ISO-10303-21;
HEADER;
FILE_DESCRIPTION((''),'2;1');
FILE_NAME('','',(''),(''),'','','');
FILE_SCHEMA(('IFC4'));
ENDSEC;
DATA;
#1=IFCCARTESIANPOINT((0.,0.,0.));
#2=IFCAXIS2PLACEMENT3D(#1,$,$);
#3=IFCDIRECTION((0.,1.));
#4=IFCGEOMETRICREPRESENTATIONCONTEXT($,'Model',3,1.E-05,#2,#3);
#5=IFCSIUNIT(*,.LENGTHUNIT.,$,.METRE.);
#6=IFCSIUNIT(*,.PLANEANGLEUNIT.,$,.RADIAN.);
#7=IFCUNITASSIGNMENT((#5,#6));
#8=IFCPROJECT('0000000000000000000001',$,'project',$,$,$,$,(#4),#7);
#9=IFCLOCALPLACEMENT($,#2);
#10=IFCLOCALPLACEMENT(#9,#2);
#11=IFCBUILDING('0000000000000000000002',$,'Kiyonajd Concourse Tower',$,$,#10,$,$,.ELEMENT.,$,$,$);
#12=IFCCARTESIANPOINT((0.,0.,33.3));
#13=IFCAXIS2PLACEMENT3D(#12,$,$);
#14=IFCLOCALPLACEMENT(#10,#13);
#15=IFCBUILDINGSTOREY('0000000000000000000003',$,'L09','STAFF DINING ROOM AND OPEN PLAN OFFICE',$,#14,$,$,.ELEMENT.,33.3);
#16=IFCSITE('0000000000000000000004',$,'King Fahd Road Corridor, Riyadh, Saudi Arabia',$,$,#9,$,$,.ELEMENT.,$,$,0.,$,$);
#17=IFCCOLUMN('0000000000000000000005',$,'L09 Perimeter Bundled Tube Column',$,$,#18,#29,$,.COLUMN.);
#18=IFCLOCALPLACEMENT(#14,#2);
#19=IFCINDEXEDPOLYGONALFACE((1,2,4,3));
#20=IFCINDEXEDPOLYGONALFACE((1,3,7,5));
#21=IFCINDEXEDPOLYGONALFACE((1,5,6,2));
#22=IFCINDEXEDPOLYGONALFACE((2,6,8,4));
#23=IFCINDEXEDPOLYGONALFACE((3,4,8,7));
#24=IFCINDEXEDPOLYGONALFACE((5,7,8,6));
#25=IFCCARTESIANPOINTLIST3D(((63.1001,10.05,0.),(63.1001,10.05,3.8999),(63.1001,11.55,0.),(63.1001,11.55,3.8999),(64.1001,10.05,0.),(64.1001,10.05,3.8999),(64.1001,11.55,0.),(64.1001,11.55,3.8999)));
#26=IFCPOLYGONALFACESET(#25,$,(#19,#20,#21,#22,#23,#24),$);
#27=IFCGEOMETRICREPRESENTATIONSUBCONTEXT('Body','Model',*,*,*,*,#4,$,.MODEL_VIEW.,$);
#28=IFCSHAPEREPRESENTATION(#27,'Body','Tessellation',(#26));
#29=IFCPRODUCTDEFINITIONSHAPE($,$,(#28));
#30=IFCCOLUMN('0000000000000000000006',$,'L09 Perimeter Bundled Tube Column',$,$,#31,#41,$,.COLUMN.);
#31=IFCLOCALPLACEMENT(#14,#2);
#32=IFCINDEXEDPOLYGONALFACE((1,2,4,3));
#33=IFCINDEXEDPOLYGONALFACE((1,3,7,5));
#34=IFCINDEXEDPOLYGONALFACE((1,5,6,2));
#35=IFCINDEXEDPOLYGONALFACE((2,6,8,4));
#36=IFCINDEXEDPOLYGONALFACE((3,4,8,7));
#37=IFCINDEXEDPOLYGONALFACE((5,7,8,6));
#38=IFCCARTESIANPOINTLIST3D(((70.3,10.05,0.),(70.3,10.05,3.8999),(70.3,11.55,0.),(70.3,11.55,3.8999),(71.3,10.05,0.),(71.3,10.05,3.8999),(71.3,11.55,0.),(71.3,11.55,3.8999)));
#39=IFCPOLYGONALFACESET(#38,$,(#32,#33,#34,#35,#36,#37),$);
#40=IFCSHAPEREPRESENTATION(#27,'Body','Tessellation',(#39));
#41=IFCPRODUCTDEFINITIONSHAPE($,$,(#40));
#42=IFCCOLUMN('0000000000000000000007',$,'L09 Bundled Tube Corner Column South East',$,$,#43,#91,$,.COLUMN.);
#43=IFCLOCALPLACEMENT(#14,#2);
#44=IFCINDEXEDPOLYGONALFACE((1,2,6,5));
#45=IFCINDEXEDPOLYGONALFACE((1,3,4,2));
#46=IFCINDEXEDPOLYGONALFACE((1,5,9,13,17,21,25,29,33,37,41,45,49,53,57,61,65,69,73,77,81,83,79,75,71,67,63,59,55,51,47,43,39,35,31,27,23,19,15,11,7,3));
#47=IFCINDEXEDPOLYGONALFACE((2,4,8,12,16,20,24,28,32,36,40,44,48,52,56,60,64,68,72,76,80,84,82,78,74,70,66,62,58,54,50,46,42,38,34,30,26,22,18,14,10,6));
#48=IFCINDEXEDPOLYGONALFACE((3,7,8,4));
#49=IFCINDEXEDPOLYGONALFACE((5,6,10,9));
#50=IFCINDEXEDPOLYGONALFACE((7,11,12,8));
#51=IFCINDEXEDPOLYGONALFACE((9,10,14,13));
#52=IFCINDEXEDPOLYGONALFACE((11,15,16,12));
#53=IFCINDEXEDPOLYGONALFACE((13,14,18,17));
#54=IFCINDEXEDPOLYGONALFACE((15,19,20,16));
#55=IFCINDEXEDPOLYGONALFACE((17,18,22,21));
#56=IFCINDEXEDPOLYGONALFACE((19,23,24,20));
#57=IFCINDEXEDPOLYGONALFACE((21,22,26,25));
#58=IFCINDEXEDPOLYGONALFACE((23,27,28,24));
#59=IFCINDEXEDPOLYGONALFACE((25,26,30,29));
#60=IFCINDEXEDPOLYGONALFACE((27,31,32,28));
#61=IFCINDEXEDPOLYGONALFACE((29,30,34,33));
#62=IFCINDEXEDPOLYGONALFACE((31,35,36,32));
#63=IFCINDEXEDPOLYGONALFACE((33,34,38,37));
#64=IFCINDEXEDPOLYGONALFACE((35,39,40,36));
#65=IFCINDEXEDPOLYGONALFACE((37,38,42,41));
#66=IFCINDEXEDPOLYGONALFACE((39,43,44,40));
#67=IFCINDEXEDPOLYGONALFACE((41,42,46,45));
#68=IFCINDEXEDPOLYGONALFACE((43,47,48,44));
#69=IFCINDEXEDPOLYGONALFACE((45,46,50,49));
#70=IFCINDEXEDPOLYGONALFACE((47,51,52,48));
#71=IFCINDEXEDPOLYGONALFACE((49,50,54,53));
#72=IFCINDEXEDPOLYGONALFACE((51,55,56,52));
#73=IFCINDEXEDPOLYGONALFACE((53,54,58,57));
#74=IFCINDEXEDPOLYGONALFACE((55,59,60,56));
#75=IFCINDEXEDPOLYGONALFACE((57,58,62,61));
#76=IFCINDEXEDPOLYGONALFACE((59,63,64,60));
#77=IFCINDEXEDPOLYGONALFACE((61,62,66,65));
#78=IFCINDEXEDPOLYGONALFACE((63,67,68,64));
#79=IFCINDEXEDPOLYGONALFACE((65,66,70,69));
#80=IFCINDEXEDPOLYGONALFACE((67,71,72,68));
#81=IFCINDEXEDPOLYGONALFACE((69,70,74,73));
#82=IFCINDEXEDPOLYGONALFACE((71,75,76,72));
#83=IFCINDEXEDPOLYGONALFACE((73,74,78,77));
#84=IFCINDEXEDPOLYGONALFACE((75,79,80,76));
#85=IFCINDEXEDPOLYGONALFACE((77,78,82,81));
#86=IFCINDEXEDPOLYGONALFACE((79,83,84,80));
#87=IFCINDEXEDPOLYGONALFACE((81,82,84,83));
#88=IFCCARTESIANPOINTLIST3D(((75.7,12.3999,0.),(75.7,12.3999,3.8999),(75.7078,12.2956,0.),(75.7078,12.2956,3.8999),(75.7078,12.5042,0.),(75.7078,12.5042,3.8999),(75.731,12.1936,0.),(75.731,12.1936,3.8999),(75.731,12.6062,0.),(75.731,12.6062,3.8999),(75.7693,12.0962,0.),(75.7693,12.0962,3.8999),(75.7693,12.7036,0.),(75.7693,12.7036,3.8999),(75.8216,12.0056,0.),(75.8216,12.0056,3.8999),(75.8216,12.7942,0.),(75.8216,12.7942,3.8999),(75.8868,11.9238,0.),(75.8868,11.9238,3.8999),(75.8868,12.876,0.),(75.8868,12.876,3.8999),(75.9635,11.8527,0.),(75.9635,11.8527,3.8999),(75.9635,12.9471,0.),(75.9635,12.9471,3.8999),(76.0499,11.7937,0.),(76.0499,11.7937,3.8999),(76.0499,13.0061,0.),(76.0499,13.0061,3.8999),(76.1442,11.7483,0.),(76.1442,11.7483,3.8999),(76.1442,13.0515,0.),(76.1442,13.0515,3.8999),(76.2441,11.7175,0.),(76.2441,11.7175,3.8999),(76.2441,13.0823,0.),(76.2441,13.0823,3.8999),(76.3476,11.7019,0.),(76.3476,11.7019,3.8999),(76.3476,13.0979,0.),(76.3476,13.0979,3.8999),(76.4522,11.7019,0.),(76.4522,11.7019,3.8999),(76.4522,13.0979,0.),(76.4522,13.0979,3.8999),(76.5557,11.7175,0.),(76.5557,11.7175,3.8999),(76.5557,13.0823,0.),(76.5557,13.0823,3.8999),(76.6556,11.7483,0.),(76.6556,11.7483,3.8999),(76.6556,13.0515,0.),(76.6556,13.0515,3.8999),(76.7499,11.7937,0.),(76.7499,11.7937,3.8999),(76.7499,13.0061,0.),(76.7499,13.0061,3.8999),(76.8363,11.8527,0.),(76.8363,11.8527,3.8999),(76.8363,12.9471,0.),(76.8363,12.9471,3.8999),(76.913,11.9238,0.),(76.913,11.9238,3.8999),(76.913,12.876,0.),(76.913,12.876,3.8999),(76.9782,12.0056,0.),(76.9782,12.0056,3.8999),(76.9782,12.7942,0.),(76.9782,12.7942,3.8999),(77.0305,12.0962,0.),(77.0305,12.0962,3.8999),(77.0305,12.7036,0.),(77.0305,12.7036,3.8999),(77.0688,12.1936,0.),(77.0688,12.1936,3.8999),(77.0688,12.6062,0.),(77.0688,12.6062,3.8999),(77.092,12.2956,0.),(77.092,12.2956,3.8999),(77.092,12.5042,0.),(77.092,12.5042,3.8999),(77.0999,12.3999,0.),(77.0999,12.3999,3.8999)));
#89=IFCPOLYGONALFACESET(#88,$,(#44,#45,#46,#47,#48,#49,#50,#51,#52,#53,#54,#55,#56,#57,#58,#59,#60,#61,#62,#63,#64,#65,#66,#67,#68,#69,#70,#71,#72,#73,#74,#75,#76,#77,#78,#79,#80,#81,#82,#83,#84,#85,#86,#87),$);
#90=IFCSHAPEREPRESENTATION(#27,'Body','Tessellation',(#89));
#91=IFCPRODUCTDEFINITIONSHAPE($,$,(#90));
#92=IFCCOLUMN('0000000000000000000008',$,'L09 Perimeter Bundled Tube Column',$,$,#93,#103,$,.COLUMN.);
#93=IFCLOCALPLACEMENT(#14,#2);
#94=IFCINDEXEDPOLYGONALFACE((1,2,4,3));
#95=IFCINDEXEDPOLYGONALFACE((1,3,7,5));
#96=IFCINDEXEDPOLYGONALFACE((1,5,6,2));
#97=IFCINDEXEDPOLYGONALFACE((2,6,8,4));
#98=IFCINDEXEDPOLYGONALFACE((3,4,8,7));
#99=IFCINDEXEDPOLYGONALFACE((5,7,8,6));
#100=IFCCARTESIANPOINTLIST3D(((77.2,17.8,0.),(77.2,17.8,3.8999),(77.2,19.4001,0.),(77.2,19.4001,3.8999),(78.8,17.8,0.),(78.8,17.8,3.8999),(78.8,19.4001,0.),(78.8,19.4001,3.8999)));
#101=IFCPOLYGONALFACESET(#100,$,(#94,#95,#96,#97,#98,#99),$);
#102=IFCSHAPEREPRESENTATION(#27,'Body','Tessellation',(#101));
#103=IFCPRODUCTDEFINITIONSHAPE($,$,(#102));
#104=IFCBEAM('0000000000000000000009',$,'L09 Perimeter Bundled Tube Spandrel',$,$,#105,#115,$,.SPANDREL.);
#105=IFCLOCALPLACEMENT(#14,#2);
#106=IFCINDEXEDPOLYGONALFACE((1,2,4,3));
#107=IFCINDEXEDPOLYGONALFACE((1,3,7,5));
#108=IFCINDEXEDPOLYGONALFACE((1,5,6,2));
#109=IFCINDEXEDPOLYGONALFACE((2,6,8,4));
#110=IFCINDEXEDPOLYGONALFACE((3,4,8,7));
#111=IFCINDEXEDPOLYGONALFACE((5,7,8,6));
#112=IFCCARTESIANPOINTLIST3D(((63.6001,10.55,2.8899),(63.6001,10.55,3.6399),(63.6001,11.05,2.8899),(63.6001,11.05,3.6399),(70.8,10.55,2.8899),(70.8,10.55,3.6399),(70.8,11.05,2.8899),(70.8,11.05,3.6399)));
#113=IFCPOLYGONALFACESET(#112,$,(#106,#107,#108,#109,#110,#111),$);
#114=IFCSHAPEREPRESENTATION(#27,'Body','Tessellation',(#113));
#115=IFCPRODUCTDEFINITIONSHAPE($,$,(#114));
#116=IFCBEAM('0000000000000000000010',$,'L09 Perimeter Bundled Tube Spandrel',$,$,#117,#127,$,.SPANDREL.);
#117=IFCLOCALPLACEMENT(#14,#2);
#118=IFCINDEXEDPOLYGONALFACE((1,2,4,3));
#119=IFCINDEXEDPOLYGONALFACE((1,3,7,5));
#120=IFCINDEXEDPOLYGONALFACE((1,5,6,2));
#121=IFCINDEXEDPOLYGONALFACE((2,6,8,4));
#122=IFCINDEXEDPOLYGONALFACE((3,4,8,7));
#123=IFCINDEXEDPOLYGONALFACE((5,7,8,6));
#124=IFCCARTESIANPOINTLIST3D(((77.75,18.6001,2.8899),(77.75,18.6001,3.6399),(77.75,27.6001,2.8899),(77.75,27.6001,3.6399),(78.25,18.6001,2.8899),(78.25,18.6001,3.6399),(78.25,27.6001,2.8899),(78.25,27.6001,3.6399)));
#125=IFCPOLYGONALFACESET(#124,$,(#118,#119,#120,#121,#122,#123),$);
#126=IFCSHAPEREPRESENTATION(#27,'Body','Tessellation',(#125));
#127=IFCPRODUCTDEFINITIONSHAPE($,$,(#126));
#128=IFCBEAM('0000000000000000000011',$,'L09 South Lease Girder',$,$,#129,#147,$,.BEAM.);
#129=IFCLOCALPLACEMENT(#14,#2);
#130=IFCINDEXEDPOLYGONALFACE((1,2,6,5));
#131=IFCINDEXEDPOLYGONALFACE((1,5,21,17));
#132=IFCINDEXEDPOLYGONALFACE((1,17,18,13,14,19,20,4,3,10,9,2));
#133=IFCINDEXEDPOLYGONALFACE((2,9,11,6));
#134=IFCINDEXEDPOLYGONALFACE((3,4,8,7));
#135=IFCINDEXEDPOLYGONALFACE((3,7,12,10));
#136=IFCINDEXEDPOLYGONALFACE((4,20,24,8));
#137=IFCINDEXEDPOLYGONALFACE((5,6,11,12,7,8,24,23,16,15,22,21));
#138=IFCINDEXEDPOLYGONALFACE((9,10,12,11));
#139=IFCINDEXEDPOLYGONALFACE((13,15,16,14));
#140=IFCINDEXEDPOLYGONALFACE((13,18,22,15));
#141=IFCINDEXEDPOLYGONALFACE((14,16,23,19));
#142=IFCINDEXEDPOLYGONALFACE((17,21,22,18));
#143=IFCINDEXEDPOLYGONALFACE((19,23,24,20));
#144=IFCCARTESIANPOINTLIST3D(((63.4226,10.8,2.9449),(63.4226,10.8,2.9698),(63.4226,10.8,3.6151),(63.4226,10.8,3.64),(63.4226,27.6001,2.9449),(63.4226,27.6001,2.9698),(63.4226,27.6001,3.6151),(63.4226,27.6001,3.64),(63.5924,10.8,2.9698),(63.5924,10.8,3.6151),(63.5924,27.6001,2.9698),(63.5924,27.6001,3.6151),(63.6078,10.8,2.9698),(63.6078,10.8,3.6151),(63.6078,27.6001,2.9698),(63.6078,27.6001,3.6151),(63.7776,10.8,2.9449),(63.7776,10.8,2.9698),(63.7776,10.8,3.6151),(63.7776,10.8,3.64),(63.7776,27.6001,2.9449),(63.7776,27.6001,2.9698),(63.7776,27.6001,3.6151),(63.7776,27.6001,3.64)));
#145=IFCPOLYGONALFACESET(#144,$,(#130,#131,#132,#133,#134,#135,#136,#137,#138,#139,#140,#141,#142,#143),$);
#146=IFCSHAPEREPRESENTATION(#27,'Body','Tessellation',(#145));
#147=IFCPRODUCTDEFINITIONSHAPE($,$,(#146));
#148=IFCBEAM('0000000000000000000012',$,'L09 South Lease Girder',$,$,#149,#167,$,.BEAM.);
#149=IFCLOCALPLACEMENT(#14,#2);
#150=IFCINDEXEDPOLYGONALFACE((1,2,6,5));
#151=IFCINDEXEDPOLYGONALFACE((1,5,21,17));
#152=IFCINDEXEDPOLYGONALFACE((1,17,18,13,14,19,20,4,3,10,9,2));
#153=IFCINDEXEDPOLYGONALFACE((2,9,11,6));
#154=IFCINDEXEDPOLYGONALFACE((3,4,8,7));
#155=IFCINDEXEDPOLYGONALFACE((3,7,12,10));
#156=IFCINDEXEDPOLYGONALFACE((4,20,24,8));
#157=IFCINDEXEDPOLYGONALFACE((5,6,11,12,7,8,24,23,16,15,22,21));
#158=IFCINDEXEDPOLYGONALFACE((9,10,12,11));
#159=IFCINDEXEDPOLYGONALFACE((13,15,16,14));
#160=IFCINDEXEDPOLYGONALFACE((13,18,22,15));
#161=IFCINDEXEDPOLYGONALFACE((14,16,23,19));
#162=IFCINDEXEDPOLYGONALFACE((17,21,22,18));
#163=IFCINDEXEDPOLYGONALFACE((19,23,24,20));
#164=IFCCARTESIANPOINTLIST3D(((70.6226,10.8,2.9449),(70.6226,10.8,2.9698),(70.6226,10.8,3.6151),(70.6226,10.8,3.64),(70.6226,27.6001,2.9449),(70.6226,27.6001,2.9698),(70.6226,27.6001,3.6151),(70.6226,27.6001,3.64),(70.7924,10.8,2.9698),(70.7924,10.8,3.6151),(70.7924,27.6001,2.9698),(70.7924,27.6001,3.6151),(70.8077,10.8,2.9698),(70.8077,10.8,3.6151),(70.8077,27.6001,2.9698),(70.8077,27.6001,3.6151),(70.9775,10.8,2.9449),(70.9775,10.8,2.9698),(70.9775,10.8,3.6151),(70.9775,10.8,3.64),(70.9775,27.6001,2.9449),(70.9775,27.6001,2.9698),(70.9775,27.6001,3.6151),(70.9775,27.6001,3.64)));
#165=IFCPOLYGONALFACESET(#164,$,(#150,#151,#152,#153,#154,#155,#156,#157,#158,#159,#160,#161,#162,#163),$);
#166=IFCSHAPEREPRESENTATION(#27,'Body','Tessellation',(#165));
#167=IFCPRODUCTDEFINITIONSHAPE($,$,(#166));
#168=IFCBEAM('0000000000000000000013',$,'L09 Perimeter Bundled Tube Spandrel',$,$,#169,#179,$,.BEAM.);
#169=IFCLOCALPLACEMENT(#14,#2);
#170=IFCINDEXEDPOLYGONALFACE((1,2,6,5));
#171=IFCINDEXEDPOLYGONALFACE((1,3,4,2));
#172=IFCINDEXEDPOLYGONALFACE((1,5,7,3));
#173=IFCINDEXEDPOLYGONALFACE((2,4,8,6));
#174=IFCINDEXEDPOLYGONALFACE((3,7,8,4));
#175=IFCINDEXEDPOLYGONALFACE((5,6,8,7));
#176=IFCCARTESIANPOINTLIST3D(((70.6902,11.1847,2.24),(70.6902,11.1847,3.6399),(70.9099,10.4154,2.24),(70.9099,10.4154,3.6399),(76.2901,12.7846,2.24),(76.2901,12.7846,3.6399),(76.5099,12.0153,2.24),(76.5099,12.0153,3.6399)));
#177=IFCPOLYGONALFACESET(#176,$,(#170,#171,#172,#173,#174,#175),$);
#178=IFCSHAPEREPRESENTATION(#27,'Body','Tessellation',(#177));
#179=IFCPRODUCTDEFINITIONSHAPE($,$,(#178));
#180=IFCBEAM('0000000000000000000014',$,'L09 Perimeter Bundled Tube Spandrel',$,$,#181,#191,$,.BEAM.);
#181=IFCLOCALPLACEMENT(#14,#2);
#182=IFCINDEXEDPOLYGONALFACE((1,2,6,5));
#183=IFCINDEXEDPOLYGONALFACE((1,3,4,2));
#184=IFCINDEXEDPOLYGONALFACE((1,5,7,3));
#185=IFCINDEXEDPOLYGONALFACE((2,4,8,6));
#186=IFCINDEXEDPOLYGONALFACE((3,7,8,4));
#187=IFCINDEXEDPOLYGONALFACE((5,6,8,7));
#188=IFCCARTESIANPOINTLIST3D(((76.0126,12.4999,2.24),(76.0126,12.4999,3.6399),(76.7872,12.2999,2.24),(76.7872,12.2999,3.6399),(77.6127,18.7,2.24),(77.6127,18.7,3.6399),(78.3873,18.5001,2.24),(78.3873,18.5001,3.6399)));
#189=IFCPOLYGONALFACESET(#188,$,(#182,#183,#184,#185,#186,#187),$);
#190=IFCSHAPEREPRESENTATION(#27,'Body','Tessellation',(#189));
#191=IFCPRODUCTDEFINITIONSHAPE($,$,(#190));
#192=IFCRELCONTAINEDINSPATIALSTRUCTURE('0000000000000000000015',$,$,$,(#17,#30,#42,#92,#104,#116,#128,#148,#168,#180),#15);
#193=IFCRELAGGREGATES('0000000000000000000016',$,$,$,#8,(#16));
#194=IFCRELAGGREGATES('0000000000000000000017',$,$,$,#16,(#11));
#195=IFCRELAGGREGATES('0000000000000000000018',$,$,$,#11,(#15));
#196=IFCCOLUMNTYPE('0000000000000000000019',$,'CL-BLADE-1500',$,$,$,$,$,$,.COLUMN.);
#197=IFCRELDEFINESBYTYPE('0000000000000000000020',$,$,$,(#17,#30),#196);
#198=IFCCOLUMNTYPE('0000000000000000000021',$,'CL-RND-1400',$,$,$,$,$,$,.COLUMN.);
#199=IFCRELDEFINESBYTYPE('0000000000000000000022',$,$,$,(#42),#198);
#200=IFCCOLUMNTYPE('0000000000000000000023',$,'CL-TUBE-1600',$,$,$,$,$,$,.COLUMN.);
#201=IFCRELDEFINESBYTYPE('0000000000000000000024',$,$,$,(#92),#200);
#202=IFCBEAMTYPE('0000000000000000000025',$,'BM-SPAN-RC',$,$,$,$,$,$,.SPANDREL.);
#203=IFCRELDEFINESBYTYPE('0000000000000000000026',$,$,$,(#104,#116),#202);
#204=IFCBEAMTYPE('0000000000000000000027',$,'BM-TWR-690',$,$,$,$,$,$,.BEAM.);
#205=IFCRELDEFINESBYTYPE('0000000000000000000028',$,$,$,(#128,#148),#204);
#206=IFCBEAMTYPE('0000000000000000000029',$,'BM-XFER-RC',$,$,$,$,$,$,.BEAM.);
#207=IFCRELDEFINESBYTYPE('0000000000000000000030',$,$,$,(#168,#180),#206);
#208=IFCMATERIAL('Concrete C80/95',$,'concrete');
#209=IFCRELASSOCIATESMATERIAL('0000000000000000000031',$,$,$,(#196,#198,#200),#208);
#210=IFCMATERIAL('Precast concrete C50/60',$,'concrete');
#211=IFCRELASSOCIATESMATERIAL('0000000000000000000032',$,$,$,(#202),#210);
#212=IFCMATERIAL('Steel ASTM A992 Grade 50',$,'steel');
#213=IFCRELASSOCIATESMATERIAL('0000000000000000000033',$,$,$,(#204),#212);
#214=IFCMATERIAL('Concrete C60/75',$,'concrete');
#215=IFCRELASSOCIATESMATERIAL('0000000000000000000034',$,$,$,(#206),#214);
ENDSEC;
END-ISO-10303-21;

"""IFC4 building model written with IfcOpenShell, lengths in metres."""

from ifc_helpers import new_model, si_unit, direction, frame, origin, origin_2d, place, context, subcontext, project, spatial, rectangle, circle, i_section, extrude, material, material_profile, profile_set, type_object, element, save


model = new_model("IFC4")

# Units and contexts
model_context = context("Model", 3, precision=1e-05, world=origin(), true_north=direction((0.0, 1.0)))
body_context = subcontext(model_context, "Body", "Model", "MODEL_VIEW")
ifc_project = project(units=[si_unit("LENGTHUNIT", "METRE"), si_unit("PLANEANGLEUNIT", "RADIAN")], contexts=[model_context])

# Site, building, storey
site_placement = place(None, origin())
site = spatial("IfcSite", under=ifc_project, at=site_placement, Name="King Fahd Road Corridor, Riyadh, Saudi Arabia", CompositionType="ELEMENT", RefElevation=0.0)
building_placement = place(site_placement, origin())
building = spatial("IfcBuilding", under=site, at=building_placement, Name="Kiyonajd Concourse Tower", CompositionType="ELEMENT")
storey_placement = place(building_placement, frame((0.0, 0.0, 33.3)))
storey = spatial("IfcBuildingStorey", under=building, at=storey_placement, Name="L09", Description="STAFF DINING ROOM AND OPEN PLAN OFFICE", CompositionType="ELEMENT", Elevation=33.3)

# Columns
ifc_material_1 = material(Name="Concrete C80/95", Category="concrete")
ifc_material_profile_1 = material_profile(ifc_material_1, rectangle(XDim=1.0, YDim=1.5, at=origin_2d()), Name="RC-1500x1000")
ifc_profile_set_1 = profile_set([ifc_material_profile_1], Name="Concrete C80/95")
column_type_1 = type_object("IfcColumnType", Name="CL-BLADE-1500", PredefinedType="COLUMN", material=ifc_profile_set_1)
for number, where, z_axis, x_axis, name in (
    (1, (63.6001, 10.8, 0.0), (0.0, 0.0, 1.0), (1.0, 0.0, 0.0), "L09 Perimeter Bundled Tube Column"),
    (2, (70.8, 10.8, 0.0), (0.0, 0.0, 1.0), (1.0, 0.0, 0.0), "L09 Perimeter Bundled Tube Column"),
):
    element("IfcColumn", number, at=place(storey_placement, frame(where, z_axis=z_axis, x_axis=x_axis)), inside=storey, type_object=column_type_1, Name=name, PredefinedType="COLUMN", context=body_context, shape_type="SweptSolid", body=[
        extrude(rectangle(XDim=1.0, YDim=1.5, at=origin_2d()), origin(), (0.0, 0.0, 1.0), 3.8999),
    ])
ifc_material_profile_2 = material_profile(ifc_material_1, circle(Radius=0.7, at=origin_2d()), Name="RCC-D1400")
ifc_profile_set_2 = profile_set([ifc_material_profile_2], Name="Concrete C80/95")
column_type_2 = type_object("IfcColumnType", Name="CL-RND-1400", PredefinedType="COLUMN", material=ifc_profile_set_2)
column_1_placement = place(storey_placement, frame((76.3999, 12.3999, 0.0), z_axis=(0.0, 0.0, 1.0), x_axis=(1.0, 0.0, 0.0)))
element("IfcColumn", 3, at=column_1_placement, inside=storey, type_object=column_type_2, Name="L09 Bundled Tube Corner Column South East", PredefinedType="COLUMN", context=body_context, shape_type="SweptSolid", body=[
    extrude(circle(Radius=0.7, at=origin_2d()), origin(), (0.0, 0.0, 1.0), 3.8999),
])
ifc_material_profile_3 = material_profile(ifc_material_1, rectangle(XDim=1.6001, YDim=1.6001, at=origin_2d()), Name="RC-1600x1600")
ifc_profile_set_3 = profile_set([ifc_material_profile_3], Name="Concrete C80/95")
column_type_3 = type_object("IfcColumnType", Name="CL-TUBE-1600", PredefinedType="COLUMN", material=ifc_profile_set_3)
column_2_placement = place(storey_placement, frame((78.0, 18.6001, 0.0), z_axis=(0.0, 0.0, 1.0), x_axis=(1.0, 0.0, 0.0)))
element("IfcColumn", 4, at=column_2_placement, inside=storey, type_object=column_type_3, Name="L09 Perimeter Bundled Tube Column", PredefinedType="COLUMN", context=body_context, shape_type="SweptSolid", body=[
    extrude(rectangle(XDim=1.6001, YDim=1.6001, at=origin_2d()), origin(), (0.0, 0.0, 1.0), 3.8999),
])

# Beams
ifc_material_2 = material(Name="Precast concrete C50/60", Category="concrete")
ifc_material_profile_4 = material_profile(ifc_material_2, rectangle(XDim=0.5, YDim=0.75, at=origin_2d()), Name="RCBM-500x750")
ifc_profile_set_4 = profile_set([ifc_material_profile_4], Name="Precast concrete C50/60")
beam_type_1 = type_object("IfcBeamType", Name="BM-SPAN-RC", PredefinedType="SPANDREL", material=ifc_profile_set_4)
beam_1_placement = place(storey_placement, frame((63.6001, 10.8, 3.2649), z_axis=(1.0, 0.0, 0.0), x_axis=(0.0, 1.0, 0.0)))
element("IfcBeam", 5, at=beam_1_placement, inside=storey, type_object=beam_type_1, Name="L09 Perimeter Bundled Tube Spandrel", PredefinedType="SPANDREL", context=body_context, shape_type="SweptSolid", body=[
    extrude(rectangle(XDim=0.5, YDim=0.75, at=origin_2d()), origin(), (0.0, 0.0, 1.0), 7.2),
])
beam_2_placement = place(storey_placement, frame((78.0, 18.6001, 3.2649), z_axis=(0.0, 1.0, 0.0), x_axis=(-1.0, 0.0, 0.0)))
element("IfcBeam", 6, at=beam_2_placement, inside=storey, type_object=beam_type_1, Name="L09 Perimeter Bundled Tube Spandrel", PredefinedType="SPANDREL", context=body_context, shape_type="SweptSolid", body=[
    extrude(rectangle(XDim=0.5, YDim=0.75, at=origin_2d()), origin(), (0.0, 0.0, 1.0), 9.0),
])
ifc_material_3 = material(Name="Steel ASTM A992 Grade 50", Category="steel")
ifc_material_profile_5 = material_profile(ifc_material_3, i_section(OverallWidth=0.355, OverallDepth=0.6951, WebThickness=0.0154, FlangeThickness=0.0249, at=origin_2d()), Name="W690X217")
ifc_profile_set_5 = profile_set([ifc_material_profile_5], Name="Steel ASTM A992 Grade 50")
beam_type_2 = type_object("IfcBeamType", Name="BM-TWR-690", PredefinedType="BEAM", material=ifc_profile_set_5)
for number, where, z_axis, x_axis, name in (
    (7, (63.6001, 10.8, 3.2925), (0.0, 1.0, 0.0), (-1.0, 0.0, 0.0), "L09 South Lease Girder"),
    (8, (70.8, 10.8, 3.2925), (0.0, 1.0, 0.0), (-1.0, 0.0, 0.0), "L09 South Lease Girder"),
):
    element("IfcBeam", number, at=place(storey_placement, frame(where, z_axis=z_axis, x_axis=x_axis)), inside=storey, type_object=beam_type_2, Name=name, PredefinedType="BEAM", context=body_context, shape_type="SweptSolid", body=[
        extrude(i_section(OverallWidth=0.355, OverallDepth=0.6951, WebThickness=0.0154, FlangeThickness=0.0249, at=origin_2d()), origin(), (0.0, 0.0, 1.0), 16.8),
    ])
ifc_material_4 = material(Name="Concrete C60/75", Category="concrete")
ifc_material_profile_6 = material_profile(ifc_material_4, rectangle(XDim=0.8, YDim=1.3999, at=origin_2d()), Name="RCBM-800x1400")
ifc_profile_set_6 = profile_set([ifc_material_profile_6], Name="Concrete C60/75")
beam_type_3 = type_object("IfcBeamType", Name="BM-XFER-RC", PredefinedType="BEAM", material=ifc_profile_set_6)
beam_3_placement = place(storey_placement, frame((70.8, 10.8, 2.9399), z_axis=(0.961529, 0.274705, 0.0), x_axis=(-0.274705, 0.961529, 0.0)))
element("IfcBeam", 9, at=beam_3_placement, inside=storey, type_object=beam_type_3, Name="L09 Perimeter Bundled Tube Spandrel", PredefinedType="BEAM", context=body_context, shape_type="SweptSolid", body=[
    extrude(rectangle(XDim=0.8, YDim=1.3999, at=origin_2d()), origin(), (0.0, 0.0, 1.0), 5.824),
])
beam_4_placement = place(storey_placement, frame((76.3999, 12.3999, 2.9399), z_axis=(0.249885, 0.968276, 0.0), x_axis=(-0.968276, 0.249885, 0.0)))
element("IfcBeam", 10, at=beam_4_placement, inside=storey, type_object=beam_type_3, Name="L09 Perimeter Bundled Tube Spandrel", PredefinedType="BEAM", context=body_context, shape_type="SweptSolid", body=[
    extrude(rectangle(XDim=0.8, YDim=1.3999, at=origin_2d()), origin(), (0.0, 0.0, 1.0), 6.4033),
])

save(model, "model.ifc")
